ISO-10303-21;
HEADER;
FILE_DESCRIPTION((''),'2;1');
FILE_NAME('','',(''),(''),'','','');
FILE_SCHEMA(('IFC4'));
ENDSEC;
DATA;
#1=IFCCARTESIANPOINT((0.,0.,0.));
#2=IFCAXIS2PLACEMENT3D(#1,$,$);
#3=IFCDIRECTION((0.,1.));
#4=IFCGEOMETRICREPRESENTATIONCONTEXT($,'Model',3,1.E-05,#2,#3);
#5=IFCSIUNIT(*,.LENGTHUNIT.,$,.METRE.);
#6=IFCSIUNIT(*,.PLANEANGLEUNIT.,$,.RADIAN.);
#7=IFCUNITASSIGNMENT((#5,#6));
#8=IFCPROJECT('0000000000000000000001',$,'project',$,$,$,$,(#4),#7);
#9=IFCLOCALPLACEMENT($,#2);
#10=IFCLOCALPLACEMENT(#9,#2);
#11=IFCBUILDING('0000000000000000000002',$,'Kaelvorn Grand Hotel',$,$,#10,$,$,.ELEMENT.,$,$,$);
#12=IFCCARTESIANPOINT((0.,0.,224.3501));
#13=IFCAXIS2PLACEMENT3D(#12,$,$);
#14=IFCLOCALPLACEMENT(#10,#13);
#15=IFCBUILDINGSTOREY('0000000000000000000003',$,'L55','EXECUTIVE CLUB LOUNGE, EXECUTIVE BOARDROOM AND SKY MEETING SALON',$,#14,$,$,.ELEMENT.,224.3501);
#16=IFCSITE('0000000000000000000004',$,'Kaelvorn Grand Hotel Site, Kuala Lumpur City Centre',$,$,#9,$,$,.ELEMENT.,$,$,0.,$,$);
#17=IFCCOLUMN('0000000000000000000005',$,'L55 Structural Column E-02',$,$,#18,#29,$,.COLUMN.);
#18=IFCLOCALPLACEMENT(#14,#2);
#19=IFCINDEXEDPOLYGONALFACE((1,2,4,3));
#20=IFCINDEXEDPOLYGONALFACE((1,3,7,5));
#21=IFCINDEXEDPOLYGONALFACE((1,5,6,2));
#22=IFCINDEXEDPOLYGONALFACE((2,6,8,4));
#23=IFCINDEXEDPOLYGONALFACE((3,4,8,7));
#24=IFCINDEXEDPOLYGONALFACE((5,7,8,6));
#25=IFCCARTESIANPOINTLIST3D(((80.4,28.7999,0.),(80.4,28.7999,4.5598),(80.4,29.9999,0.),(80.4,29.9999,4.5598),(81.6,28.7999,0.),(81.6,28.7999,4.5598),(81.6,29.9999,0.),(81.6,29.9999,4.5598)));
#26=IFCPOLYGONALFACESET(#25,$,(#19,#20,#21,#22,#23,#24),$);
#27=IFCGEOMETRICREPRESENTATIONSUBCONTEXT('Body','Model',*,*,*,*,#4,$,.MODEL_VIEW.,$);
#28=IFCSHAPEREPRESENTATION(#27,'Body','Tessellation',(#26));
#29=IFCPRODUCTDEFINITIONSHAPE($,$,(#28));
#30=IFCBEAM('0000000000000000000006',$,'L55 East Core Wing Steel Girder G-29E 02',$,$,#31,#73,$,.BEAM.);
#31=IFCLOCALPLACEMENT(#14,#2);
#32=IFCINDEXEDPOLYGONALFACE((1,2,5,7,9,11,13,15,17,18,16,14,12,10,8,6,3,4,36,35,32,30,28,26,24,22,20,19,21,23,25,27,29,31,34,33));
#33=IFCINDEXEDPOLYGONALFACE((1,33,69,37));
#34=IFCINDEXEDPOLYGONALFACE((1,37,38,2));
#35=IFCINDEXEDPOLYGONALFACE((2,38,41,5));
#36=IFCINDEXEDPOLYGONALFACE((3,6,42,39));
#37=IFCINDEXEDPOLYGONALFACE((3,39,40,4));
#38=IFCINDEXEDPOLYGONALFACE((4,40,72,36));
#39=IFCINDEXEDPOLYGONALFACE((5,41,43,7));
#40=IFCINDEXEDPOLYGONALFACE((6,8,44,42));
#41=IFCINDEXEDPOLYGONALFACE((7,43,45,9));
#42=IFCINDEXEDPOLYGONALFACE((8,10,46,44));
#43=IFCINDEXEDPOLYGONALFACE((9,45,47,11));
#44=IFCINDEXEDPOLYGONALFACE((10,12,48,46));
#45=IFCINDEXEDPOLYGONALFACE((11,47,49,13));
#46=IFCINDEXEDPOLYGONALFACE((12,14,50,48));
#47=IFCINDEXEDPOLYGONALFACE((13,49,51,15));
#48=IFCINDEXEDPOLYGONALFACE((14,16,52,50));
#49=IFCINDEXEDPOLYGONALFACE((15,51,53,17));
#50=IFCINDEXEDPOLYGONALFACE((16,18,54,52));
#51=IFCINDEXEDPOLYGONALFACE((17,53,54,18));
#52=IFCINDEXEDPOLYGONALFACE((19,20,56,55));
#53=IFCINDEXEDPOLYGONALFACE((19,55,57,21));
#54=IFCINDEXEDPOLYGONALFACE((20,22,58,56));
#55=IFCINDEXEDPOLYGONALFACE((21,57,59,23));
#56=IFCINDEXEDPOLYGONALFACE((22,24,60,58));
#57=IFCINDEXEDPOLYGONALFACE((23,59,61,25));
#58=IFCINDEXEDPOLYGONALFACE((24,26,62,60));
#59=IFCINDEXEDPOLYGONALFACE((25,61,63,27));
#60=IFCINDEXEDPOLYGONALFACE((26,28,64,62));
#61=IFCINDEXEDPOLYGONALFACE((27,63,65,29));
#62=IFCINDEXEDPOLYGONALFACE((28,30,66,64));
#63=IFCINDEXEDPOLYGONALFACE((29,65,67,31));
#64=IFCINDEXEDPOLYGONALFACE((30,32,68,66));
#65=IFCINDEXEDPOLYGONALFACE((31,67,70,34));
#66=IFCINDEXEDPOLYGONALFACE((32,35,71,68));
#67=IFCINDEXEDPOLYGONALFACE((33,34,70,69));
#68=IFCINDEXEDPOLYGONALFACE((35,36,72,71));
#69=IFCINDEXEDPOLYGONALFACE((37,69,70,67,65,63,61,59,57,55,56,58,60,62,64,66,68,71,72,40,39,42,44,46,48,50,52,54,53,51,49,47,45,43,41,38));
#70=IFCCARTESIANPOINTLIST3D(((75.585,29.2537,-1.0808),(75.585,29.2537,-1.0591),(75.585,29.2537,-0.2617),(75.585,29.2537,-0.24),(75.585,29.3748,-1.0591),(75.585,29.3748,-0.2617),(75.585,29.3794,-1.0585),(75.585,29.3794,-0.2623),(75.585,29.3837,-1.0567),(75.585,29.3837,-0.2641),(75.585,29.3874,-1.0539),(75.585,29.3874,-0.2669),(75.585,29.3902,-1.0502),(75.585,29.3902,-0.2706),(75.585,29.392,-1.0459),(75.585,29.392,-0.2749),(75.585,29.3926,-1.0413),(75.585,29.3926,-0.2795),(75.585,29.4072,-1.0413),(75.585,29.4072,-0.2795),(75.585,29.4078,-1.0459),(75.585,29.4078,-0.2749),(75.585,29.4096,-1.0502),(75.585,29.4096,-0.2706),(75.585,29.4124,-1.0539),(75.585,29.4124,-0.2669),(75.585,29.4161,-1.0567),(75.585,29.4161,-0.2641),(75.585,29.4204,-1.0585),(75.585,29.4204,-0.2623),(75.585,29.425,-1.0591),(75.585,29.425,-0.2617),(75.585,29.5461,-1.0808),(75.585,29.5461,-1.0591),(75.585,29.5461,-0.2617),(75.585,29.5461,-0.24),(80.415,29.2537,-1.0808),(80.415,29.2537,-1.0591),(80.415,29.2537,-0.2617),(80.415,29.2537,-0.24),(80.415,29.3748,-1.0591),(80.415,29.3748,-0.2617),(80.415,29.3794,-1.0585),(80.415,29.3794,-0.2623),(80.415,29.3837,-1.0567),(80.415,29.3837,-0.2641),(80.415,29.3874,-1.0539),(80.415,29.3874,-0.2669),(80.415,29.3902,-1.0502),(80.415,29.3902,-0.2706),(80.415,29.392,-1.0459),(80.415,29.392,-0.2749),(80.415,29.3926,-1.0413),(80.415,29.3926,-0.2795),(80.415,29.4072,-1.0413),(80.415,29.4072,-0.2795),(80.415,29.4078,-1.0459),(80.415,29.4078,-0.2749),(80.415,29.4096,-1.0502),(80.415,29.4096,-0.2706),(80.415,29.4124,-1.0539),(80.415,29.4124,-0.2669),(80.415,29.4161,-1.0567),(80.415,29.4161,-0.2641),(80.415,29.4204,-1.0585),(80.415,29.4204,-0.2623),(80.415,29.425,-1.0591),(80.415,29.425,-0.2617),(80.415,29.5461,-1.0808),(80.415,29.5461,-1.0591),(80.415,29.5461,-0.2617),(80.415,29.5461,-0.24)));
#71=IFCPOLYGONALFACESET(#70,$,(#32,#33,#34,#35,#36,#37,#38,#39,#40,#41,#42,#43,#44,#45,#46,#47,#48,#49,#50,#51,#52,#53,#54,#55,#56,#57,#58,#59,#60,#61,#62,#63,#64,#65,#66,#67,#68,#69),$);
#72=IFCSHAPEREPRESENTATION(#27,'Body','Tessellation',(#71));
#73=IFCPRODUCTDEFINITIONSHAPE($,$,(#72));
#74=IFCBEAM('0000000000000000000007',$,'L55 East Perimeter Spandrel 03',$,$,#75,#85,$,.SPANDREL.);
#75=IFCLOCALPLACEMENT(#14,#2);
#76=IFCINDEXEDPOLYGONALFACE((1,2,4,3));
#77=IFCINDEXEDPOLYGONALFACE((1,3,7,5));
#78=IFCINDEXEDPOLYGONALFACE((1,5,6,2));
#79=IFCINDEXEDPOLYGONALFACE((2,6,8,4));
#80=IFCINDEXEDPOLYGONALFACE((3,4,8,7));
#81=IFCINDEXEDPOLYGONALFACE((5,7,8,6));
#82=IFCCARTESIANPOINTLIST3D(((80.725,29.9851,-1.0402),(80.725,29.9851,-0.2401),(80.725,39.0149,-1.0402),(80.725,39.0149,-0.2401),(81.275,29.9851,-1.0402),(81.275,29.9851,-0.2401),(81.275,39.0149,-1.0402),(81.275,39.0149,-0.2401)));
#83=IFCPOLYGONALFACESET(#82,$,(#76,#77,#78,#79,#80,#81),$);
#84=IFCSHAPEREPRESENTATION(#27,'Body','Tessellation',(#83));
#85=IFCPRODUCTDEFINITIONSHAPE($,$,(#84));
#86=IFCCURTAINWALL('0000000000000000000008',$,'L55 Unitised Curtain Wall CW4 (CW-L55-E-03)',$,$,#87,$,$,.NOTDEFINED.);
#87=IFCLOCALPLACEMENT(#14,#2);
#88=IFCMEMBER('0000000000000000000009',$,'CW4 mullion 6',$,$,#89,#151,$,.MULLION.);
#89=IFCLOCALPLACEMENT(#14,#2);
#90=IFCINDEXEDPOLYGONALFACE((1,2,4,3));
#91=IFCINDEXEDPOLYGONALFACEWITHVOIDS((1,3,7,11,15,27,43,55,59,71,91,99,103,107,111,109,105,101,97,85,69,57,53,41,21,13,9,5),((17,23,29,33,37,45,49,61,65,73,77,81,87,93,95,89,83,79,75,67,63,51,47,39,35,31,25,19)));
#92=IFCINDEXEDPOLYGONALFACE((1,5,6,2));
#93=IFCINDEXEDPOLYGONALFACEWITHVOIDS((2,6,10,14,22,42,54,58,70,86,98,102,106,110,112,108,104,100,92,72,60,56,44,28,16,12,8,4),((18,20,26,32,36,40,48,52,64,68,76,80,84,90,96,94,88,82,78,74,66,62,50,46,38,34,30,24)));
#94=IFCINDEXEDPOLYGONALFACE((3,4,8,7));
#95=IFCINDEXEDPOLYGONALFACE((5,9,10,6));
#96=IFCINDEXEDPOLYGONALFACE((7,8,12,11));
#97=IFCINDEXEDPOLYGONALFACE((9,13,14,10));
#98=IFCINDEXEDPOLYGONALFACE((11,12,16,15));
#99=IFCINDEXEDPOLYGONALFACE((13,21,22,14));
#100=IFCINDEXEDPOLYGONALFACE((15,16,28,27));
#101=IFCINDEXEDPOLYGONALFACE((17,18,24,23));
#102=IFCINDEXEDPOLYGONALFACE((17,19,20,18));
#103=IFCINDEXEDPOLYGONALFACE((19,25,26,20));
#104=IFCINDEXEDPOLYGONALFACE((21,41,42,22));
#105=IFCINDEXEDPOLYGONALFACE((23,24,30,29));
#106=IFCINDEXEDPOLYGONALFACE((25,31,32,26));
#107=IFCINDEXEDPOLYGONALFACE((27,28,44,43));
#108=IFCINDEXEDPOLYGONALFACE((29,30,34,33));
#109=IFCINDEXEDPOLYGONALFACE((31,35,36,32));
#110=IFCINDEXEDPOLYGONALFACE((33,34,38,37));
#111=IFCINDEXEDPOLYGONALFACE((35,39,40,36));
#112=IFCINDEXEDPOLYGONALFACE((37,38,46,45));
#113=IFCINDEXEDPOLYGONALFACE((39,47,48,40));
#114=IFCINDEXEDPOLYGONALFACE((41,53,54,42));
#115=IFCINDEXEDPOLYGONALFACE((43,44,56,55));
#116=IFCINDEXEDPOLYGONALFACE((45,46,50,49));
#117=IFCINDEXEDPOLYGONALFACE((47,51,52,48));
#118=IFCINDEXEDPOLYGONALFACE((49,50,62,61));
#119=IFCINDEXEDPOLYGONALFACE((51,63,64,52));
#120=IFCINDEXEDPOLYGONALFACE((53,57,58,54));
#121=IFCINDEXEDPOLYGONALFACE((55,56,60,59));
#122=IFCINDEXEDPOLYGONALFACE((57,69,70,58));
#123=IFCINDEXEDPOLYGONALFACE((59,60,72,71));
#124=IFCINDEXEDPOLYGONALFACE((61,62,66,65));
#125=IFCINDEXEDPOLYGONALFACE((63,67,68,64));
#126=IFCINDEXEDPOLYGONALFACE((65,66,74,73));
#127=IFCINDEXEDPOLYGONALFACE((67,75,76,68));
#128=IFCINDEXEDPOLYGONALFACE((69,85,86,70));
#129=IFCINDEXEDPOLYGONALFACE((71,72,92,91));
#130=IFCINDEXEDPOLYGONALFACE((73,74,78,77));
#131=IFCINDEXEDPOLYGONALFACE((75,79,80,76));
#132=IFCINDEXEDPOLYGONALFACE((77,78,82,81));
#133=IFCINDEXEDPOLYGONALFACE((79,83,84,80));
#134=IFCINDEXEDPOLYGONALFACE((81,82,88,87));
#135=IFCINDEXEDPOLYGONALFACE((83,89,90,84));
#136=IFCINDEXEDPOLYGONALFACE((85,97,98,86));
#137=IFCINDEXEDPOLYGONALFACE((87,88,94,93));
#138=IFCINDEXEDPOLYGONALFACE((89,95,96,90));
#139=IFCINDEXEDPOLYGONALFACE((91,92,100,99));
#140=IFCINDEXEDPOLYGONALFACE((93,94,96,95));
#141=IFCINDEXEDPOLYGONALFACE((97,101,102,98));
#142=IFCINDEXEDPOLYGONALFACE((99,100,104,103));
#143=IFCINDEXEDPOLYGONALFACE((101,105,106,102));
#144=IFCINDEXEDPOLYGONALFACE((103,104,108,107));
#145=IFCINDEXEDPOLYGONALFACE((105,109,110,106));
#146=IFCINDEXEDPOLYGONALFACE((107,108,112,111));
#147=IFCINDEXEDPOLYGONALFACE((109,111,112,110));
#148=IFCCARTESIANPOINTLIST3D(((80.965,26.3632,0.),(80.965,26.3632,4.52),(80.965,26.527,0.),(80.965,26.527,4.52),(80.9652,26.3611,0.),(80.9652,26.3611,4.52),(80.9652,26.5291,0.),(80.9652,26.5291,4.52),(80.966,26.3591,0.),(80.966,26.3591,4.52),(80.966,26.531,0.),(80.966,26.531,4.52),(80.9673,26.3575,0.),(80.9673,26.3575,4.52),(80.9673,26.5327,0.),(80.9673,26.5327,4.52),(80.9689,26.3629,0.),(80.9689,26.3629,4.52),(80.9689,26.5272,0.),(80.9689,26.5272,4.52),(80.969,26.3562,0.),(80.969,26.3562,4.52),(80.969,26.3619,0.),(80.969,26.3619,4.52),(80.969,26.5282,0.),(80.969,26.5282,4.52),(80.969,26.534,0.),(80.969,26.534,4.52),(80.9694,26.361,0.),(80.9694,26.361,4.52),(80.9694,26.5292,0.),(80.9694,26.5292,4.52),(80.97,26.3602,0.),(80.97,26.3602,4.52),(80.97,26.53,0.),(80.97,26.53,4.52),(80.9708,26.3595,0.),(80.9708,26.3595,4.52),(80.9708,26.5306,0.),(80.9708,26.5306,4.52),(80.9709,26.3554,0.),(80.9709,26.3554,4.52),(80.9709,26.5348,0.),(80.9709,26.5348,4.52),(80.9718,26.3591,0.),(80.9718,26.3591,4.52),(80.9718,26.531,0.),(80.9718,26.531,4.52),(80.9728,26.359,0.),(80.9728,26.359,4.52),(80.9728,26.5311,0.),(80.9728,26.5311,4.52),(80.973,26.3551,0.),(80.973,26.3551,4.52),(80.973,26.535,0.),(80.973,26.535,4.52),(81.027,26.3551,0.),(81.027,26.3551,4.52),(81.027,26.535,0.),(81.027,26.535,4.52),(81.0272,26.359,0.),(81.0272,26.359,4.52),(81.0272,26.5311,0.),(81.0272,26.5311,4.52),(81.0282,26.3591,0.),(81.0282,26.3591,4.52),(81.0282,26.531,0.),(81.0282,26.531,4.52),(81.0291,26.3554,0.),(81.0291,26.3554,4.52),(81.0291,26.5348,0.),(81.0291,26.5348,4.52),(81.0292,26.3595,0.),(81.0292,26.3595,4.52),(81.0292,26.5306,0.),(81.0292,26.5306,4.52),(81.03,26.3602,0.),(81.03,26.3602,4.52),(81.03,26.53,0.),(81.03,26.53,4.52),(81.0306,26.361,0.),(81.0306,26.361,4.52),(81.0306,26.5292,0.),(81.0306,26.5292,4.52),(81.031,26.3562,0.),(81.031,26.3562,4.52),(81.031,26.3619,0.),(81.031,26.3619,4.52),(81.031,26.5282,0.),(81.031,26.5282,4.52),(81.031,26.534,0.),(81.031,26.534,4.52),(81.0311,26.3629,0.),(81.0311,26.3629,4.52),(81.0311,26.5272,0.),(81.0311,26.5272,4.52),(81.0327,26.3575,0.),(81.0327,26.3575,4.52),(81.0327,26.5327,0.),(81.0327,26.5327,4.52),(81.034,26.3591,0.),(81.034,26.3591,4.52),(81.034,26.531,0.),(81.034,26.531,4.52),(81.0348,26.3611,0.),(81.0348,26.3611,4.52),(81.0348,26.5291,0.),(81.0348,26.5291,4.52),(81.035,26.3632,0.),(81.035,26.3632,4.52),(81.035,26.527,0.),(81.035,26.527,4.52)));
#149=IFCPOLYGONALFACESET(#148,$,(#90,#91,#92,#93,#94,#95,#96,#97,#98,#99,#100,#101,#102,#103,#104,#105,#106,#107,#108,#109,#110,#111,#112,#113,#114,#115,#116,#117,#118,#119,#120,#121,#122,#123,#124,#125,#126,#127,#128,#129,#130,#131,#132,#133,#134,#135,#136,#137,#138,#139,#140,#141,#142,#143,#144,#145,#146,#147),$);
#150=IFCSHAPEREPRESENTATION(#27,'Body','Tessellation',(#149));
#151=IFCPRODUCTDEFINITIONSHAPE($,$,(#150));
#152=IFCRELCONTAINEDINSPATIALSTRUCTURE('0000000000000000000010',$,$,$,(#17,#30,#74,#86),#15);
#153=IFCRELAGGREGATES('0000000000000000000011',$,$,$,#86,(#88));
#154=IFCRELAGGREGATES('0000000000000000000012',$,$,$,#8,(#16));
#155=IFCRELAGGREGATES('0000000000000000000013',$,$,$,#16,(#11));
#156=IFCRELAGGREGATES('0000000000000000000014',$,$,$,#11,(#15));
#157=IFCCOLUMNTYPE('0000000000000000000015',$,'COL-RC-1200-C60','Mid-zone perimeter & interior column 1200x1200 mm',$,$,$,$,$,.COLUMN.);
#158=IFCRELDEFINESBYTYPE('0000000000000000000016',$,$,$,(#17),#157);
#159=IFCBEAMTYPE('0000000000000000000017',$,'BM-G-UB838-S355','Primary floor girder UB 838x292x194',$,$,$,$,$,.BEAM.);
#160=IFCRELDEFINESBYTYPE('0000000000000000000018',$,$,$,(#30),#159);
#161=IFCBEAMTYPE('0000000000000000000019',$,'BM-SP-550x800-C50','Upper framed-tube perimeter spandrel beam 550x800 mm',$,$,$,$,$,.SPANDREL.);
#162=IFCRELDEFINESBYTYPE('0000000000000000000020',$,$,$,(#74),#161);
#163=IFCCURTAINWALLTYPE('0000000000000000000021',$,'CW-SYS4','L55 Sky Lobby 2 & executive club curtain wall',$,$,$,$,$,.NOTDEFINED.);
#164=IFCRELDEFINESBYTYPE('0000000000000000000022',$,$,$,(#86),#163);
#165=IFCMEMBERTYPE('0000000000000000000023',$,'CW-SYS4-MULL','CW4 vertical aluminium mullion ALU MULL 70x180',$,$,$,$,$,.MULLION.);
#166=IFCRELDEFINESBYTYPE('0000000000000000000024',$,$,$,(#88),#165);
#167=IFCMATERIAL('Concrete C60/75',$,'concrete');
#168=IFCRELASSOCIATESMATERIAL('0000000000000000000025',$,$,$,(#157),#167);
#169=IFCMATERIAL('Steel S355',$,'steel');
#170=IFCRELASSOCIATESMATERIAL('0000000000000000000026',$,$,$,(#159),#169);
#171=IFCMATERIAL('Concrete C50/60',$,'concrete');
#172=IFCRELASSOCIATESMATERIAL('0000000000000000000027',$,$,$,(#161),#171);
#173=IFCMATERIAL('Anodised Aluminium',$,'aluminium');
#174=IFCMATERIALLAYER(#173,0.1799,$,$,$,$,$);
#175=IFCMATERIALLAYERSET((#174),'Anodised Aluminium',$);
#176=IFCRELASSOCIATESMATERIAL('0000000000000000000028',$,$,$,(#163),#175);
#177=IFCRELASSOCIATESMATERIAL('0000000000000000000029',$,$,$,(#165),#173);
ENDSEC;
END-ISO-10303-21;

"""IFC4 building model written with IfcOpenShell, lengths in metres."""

from ifc_helpers import new_model, si_unit, direction, frame, origin, origin_2d, place, context, subcontext, project, spatial, rectangle, hollow_rectangle, i_section, extrude, material, layer, layer_set, material_profile, profile_set, type_object, element, aggregate, save


model = new_model("IFC4")

# Units and contexts
model_context = context("Model", 3, precision=1e-05, world=origin(), true_north=direction((0.0, 1.0)))
body_context = subcontext(model_context, "Body", "Model", "MODEL_VIEW")
ifc_project = project(units=[si_unit("LENGTHUNIT", "METRE"), si_unit("PLANEANGLEUNIT", "RADIAN")], contexts=[model_context])

# Site, building, storey
site_placement = place(None, origin())
site = spatial("IfcSite", under=ifc_project, at=site_placement, Name="Kaelvorn Grand Hotel Site, Kuala Lumpur City Centre", CompositionType="ELEMENT", RefElevation=0.0)
building_placement = place(site_placement, origin())
building = spatial("IfcBuilding", under=site, at=building_placement, Name="Kaelvorn Grand Hotel", CompositionType="ELEMENT")
storey_placement = place(building_placement, frame((0.0, 0.0, 224.3501)))
storey = spatial("IfcBuildingStorey", under=building, at=storey_placement, Name="L55", Description="EXECUTIVE CLUB LOUNGE, EXECUTIVE BOARDROOM AND SKY MEETING SALON", CompositionType="ELEMENT", Elevation=224.3501)

# Column
ifc_material_1 = material(Name="Concrete C60/75", Category="concrete")
ifc_material_profile_1 = material_profile(ifc_material_1, rectangle(XDim=1.2, YDim=1.2, at=origin_2d()), Name="RC COL 1200x1200")
ifc_profile_set_1 = profile_set([ifc_material_profile_1], Name="Concrete C60/75")
column_type = type_object("IfcColumnType", Name="COL-RC-1200-C60", Description="Mid-zone perimeter & interior column 1200x1200 mm", PredefinedType="COLUMN", material=ifc_profile_set_1)
column_placement = place(storey_placement, frame((81.0, 29.3999, 0.0), z_axis=(0.0, 0.0, 1.0), x_axis=(1.0, 0.0, 0.0)))
element("IfcColumn", 1, at=column_placement, inside=storey, type_object=column_type, Name="L55 Structural Column E-02", PredefinedType="COLUMN", context=body_context, shape_type="SweptSolid", body=[
    extrude(rectangle(XDim=1.2, YDim=1.2, at=origin_2d()), origin(), (0.0, 0.0, 1.0), 4.5598),
])

# Beams
ifc_material_2 = material(Name="Steel S355", Category="steel")
ifc_material_profile_2 = material_profile(ifc_material_2, i_section(OverallWidth=0.2925, OverallDepth=0.8408, WebThickness=0.0146, FlangeThickness=0.0217, FilletRadius=0.0178, at=origin_2d()), Name="UB 838x292x194")
ifc_profile_set_2 = profile_set([ifc_material_profile_2], Name="Steel S355")
beam_type_1 = type_object("IfcBeamType", Name="BM-G-UB838-S355", Description="Primary floor girder UB 838x292x194", PredefinedType="BEAM", material=ifc_profile_set_2)
beam_1_placement = place(storey_placement, frame((75.585, 29.3999, -0.6604), z_axis=(1.0, 0.0, 0.0), x_axis=(0.0, 1.0, 0.0)))
element("IfcBeam", 2, at=beam_1_placement, inside=storey, type_object=beam_type_1, Name="L55 East Core Wing Steel Girder G-29E 02", PredefinedType="BEAM", context=body_context, shape_type="SweptSolid", body=[
    extrude(i_section(OverallWidth=0.2925, OverallDepth=0.8408, WebThickness=0.0146, FlangeThickness=0.0217, FilletRadius=0.0178, at=origin_2d()), origin(), (0.0, 0.0, 1.0), 4.8301),
])
ifc_material_3 = material(Name="Concrete C50/60", Category="concrete")
ifc_material_profile_3 = material_profile(ifc_material_3, rectangle(XDim=0.55, YDim=0.8, at=origin_2d()), Name="RC SPANDREL 550x800")
ifc_profile_set_3 = profile_set([ifc_material_profile_3], Name="Concrete C50/60")
beam_type_2 = type_object("IfcBeamType", Name="BM-SP-550x800-C50", Description="Upper framed-tube perimeter spandrel beam 550x800 mm", PredefinedType="SPANDREL", material=ifc_profile_set_3)
beam_2_placement = place(storey_placement, frame((81.0, 29.9851, -0.6401), z_axis=(0.0, 1.0, 0.0), x_axis=(-1.0, 0.0, 0.0)))
element("IfcBeam", 3, at=beam_2_placement, inside=storey, type_object=beam_type_2, Name="L55 East Perimeter Spandrel 03", PredefinedType="SPANDREL", context=body_context, shape_type="SweptSolid", body=[
    extrude(rectangle(XDim=0.55, YDim=0.8, at=origin_2d()), origin(), (0.0, 0.0, 1.0), 9.0298),
])

# Curtain wall, member
ifc_material_4 = material(Name="Anodised Aluminium", Category="aluminium")
ifc_layer_1 = layer(ifc_material_4, 0.1799)
ifc_layer_set_1 = layer_set([ifc_layer_1], Name="Anodised Aluminium")
curtain_wall_type = type_object("IfcCurtainWallType", Name="CW-SYS4", Description="L55 Sky Lobby 2 & executive club curtain wall", PredefinedType="NOTDEFINED", material=ifc_layer_set_1)
curtain_wall_1_placement = place(storey_placement, origin())
curtain_wall_1 = element("IfcCurtainWall", 4, at=curtain_wall_1_placement, inside=storey, type_object=curtain_wall_type, Name="L55 Unitised Curtain Wall CW4 (CW-L55-E-03)", PredefinedType="NOTDEFINED")
ifc_material_profile_4 = material_profile(ifc_material_4, hollow_rectangle(XDim=0.0701, YDim=0.1799, WallThickness=0.0039, InnerFilletRadius=0.0039, OuterFilletRadius=0.0081, at=origin_2d()), Name="ALU MULL 70x180")
ifc_profile_set_4 = profile_set([ifc_material_profile_4], Name="Anodised Aluminium")
member_type_1 = type_object("IfcMemberType", Name="CW-SYS4-MULL", Description="CW4 vertical aluminium mullion ALU MULL 70x180", PredefinedType="MULLION", material=ifc_profile_set_4)
member_1_placement = place(storey_placement, frame((81.0, 26.4451, 0.0), z_axis=(0.0, 0.0, 1.0), x_axis=(-1.0, 0.0, 0.0)))
member_1 = element("IfcMember", 5, at=member_1_placement, type_object=member_type_1, Name="CW4 mullion 6", PredefinedType="MULLION", context=body_context, shape_type="SweptSolid", body=[
    extrude(hollow_rectangle(XDim=0.0701, YDim=0.1799, WallThickness=0.0039, InnerFilletRadius=0.0039, OuterFilletRadius=0.0081, at=origin_2d()), origin(), (0.0, 0.0, 1.0), 4.52),
])

aggregate(curtain_wall_1, [member_1])

save(model, "model.ifc")
